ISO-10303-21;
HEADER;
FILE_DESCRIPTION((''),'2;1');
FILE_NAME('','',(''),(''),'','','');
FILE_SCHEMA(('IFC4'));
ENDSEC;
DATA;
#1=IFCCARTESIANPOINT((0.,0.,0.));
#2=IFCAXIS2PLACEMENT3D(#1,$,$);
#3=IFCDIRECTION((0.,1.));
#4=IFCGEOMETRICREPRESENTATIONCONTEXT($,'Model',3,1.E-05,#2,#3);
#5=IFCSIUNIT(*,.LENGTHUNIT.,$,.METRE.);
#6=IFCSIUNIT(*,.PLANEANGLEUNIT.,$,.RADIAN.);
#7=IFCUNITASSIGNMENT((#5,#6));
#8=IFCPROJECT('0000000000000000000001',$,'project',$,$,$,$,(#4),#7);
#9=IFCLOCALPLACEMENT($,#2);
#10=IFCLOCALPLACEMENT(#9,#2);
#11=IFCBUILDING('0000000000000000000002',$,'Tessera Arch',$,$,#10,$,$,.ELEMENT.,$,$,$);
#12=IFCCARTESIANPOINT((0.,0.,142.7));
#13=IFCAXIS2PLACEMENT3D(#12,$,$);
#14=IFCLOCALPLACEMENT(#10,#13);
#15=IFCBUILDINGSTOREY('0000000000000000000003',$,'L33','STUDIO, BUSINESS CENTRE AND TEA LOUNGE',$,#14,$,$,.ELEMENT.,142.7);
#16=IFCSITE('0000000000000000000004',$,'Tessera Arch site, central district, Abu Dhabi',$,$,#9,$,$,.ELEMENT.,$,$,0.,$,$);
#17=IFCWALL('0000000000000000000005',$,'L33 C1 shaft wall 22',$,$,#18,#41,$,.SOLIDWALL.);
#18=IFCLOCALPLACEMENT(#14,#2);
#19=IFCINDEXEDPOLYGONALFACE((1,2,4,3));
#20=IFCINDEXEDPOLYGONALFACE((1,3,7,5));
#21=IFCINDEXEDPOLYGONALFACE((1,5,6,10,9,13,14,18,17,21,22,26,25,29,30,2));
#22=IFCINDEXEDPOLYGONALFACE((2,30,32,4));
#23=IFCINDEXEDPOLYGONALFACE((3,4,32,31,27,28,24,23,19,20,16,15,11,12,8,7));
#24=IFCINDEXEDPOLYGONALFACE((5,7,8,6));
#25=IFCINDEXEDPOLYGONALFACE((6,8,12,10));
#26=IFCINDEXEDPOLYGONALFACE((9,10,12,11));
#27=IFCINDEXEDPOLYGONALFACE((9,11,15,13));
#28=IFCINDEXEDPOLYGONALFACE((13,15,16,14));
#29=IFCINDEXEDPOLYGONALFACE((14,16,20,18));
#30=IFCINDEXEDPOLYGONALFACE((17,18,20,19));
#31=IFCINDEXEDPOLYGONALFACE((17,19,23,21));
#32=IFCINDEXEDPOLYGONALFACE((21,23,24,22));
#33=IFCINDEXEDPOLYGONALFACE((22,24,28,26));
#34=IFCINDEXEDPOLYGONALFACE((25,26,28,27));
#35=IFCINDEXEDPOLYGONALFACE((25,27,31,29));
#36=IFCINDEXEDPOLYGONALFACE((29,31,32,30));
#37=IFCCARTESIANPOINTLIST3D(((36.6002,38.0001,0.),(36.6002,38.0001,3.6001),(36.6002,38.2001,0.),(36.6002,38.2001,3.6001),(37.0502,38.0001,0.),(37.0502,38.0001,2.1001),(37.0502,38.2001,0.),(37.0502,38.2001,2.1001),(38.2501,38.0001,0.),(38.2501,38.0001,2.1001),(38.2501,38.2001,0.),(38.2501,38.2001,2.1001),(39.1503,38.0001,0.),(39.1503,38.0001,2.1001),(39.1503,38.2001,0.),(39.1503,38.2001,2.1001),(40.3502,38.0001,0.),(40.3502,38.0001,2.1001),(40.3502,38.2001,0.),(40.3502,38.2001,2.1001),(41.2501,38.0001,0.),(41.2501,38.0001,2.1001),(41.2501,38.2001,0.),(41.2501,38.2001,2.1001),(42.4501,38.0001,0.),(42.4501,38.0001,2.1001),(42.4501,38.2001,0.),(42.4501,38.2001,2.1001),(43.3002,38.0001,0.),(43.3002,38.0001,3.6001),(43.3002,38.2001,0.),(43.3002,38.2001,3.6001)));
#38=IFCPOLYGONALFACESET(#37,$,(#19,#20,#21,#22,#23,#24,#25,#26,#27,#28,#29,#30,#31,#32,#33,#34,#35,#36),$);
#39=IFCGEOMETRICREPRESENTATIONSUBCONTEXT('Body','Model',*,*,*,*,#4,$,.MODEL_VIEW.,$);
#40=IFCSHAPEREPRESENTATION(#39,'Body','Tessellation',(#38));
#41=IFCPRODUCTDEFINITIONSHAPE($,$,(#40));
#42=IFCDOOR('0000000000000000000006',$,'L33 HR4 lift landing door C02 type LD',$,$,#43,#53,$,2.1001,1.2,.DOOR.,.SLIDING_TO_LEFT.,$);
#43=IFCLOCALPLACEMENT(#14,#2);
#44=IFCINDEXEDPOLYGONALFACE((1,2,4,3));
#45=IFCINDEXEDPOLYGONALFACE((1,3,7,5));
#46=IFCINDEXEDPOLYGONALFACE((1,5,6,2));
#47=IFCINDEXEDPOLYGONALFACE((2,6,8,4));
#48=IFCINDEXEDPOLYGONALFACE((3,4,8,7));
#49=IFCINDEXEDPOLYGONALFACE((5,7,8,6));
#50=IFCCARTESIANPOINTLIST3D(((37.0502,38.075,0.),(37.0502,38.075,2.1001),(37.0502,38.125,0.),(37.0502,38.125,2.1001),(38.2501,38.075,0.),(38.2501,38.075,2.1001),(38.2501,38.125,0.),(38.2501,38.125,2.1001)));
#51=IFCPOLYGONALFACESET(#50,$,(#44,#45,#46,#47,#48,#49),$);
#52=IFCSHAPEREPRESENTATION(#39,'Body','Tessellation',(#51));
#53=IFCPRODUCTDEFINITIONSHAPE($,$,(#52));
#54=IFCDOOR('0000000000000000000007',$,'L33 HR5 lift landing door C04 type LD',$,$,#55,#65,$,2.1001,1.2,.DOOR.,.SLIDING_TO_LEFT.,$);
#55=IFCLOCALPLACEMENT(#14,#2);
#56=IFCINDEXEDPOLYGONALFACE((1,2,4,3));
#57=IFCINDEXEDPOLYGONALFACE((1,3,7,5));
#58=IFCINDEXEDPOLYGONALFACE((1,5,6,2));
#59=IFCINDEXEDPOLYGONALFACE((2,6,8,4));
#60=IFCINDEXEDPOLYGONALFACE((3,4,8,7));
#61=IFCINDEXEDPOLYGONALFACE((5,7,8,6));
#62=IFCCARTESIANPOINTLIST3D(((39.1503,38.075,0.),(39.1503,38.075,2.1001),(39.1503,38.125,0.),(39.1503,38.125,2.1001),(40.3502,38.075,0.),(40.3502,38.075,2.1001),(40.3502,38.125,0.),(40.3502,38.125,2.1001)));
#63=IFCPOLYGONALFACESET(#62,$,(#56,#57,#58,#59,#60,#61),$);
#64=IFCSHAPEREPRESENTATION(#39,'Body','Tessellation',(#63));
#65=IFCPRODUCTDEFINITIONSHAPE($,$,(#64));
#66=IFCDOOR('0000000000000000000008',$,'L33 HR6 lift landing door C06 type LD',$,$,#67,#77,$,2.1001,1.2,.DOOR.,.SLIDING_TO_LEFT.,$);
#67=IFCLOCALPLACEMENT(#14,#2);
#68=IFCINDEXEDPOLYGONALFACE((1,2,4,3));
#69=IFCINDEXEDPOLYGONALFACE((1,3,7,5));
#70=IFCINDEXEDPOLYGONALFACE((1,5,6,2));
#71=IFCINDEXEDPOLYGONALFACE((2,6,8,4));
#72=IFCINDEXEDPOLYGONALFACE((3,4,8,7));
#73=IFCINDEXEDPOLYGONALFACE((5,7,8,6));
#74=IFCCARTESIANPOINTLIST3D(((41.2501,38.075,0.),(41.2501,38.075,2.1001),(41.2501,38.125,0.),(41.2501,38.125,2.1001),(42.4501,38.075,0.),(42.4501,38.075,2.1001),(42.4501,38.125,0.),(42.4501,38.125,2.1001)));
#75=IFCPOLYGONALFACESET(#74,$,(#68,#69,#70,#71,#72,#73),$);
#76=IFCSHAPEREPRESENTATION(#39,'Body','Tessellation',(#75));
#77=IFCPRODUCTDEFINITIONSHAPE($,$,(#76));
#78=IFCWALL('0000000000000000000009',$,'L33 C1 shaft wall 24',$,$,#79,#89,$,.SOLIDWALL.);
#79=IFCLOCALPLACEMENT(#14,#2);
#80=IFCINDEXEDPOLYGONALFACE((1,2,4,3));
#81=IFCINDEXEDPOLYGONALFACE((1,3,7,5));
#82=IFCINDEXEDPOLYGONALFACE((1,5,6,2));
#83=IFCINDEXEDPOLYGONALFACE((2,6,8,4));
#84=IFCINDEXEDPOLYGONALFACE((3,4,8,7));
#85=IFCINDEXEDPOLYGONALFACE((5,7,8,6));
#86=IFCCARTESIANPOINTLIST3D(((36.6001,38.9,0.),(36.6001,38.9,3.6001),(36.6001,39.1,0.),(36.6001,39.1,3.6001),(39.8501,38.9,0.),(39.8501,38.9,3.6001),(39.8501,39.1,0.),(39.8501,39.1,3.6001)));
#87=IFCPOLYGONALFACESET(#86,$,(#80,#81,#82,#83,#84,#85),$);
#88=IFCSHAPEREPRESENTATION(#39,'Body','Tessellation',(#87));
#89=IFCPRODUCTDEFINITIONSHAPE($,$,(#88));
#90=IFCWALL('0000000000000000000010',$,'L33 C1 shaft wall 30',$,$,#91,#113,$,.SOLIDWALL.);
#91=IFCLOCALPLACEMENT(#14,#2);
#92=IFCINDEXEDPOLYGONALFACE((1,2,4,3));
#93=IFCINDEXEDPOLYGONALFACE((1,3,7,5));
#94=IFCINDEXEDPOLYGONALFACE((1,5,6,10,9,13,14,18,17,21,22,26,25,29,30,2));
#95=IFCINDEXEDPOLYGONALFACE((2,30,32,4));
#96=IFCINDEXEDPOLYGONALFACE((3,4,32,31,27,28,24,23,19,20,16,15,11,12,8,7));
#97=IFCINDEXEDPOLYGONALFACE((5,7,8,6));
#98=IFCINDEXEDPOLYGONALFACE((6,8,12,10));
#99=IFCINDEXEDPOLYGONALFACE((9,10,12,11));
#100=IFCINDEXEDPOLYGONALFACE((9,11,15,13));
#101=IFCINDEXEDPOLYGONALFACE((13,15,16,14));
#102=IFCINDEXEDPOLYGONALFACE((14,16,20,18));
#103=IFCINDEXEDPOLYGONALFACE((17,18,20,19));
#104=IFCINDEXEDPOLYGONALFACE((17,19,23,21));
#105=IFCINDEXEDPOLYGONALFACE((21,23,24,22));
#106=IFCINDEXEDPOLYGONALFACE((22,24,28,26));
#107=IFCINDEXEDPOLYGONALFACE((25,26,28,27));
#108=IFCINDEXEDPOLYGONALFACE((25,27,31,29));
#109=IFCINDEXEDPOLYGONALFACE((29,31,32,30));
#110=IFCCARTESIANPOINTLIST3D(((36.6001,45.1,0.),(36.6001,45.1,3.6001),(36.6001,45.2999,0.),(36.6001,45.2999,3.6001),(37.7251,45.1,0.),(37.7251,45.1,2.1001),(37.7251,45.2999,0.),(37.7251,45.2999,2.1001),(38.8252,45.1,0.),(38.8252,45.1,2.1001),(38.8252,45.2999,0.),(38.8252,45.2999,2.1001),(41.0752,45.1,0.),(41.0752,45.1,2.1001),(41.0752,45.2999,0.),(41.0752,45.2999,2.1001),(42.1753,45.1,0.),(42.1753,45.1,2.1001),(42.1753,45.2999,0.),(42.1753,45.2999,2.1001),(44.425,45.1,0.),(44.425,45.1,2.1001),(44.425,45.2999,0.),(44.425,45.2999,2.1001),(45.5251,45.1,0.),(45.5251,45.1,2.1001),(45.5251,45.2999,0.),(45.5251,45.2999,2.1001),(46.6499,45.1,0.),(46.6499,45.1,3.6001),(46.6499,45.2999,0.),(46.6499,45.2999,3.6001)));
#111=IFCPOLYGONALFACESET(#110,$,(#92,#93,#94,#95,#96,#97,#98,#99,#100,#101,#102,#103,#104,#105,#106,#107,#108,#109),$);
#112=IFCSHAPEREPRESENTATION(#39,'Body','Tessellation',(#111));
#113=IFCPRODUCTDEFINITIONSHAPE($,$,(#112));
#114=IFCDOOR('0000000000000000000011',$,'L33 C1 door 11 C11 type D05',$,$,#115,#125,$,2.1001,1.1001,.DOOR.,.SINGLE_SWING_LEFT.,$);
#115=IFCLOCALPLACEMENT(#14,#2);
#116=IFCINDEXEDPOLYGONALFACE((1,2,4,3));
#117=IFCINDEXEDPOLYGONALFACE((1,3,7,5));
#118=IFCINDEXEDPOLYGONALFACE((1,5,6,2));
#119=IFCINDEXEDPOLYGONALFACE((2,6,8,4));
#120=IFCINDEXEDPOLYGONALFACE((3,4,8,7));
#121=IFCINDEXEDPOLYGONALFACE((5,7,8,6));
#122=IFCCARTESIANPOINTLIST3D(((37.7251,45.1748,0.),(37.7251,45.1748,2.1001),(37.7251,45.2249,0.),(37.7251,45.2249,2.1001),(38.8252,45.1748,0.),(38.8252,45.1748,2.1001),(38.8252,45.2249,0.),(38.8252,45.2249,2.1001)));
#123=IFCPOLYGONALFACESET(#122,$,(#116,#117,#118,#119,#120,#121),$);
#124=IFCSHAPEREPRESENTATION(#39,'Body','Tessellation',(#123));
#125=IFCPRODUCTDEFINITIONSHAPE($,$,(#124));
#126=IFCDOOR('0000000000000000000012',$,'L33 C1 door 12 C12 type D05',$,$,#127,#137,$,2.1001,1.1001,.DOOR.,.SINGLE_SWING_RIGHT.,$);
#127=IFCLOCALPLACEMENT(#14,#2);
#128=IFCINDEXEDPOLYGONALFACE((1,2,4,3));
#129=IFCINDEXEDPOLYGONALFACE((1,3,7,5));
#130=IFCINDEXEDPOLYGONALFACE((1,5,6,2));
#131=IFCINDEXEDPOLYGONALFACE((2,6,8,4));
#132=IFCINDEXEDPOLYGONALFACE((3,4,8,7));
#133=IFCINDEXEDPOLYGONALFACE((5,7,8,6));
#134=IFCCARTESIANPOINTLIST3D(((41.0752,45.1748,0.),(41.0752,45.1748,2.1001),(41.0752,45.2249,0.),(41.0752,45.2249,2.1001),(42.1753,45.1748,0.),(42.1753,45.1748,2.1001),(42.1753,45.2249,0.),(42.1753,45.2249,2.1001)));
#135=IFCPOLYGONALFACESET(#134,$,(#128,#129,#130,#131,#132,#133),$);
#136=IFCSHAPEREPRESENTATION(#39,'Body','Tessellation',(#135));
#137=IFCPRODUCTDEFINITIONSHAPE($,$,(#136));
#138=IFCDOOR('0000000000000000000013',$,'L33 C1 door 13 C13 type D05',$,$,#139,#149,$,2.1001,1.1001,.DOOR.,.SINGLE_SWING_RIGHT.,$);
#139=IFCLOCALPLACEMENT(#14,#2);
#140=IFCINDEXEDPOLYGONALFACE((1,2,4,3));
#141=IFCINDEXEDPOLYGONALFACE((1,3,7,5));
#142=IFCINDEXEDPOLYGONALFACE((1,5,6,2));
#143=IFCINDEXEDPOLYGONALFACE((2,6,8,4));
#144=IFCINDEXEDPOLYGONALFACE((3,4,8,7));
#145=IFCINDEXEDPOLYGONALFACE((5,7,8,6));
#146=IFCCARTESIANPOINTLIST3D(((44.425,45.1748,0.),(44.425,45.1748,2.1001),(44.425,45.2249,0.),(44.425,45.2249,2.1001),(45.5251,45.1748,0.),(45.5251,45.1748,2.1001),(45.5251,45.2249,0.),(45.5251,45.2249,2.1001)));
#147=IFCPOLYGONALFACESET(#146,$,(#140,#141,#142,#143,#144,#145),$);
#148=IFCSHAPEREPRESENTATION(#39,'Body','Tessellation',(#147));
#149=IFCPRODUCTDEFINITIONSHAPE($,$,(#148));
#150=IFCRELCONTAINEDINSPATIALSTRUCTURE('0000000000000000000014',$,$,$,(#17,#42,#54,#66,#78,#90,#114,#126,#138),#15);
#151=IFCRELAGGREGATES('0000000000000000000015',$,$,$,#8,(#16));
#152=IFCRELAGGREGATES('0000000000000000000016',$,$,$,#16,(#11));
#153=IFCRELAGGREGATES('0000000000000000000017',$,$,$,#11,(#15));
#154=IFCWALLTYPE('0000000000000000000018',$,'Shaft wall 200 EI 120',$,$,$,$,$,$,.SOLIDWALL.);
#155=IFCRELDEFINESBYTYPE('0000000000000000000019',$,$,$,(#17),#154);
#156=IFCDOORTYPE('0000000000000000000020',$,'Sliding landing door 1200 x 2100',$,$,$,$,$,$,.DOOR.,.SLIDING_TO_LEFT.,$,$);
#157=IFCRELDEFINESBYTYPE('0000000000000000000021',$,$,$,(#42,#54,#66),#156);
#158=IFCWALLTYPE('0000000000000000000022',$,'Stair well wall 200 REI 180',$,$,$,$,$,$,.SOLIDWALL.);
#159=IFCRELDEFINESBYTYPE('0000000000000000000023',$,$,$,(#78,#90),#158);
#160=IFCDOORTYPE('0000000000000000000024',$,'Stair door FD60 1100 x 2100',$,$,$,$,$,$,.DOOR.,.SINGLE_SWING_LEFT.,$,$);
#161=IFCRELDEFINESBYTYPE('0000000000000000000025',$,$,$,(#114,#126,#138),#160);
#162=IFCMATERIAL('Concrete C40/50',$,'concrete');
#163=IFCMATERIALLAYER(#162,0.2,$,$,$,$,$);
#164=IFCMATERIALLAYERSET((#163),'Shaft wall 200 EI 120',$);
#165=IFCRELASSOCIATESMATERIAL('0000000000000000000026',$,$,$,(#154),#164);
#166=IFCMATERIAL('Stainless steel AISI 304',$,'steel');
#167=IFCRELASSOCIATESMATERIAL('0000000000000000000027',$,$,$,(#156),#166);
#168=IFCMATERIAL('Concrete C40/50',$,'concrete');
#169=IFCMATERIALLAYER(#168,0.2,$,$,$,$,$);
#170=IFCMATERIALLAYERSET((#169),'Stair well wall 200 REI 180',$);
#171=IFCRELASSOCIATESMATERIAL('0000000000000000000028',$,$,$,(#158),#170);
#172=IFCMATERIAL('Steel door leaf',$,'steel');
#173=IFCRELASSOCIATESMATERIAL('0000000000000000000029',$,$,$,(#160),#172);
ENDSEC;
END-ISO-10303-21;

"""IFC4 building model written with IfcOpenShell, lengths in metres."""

from ifc_helpers import new_model, si_unit, direction, frame, frame_2d, origin, place, context, subcontext, project, spatial, rectangle, extrude, material, layer, layer_set, type_object, element, fill, save


model = new_model("IFC4")

# Units and contexts
model_context = context("Model", 3, precision=1e-05, world=origin(), true_north=direction((0.0, 1.0)))
body_context = subcontext(model_context, "Body", "Model", "MODEL_VIEW")
ifc_project = project(units=[si_unit("LENGTHUNIT", "METRE"), si_unit("PLANEANGLEUNIT", "RADIAN")], contexts=[model_context])

# Site, building, storey
site_placement = place(None, origin())
site = spatial("IfcSite", under=ifc_project, at=site_placement, Name="Tessera Arch site, central district, Abu Dhabi", CompositionType="ELEMENT", RefElevation=0.0)
building_placement = place(site_placement, origin())
building = spatial("IfcBuilding", under=site, at=building_placement, Name="Tessera Arch", CompositionType="ELEMENT")
storey_placement = place(building_placement, frame((0.0, 0.0, 142.7)))
storey = spatial("IfcBuildingStorey", under=building, at=storey_placement, Name="L33", Description="STUDIO, BUSINESS CENTRE AND TEA LOUNGE", CompositionType="ELEMENT", Elevation=142.7)

# Wall, openings, doors
ifc_material_1 = material(Name="Concrete C40/50", Category="concrete")
ifc_layer_1 = layer(ifc_material_1, 0.2)
ifc_layer_set_1 = layer_set([ifc_layer_1], Name="Shaft wall 200 EI 120")
wall_type_1 = type_object("IfcWallType", Name="Shaft wall 200 EI 120", PredefinedType="SOLIDWALL", material=ifc_layer_set_1)
wall_1_placement = place(storey_placement, frame((36.6001, 38.1001, 0.0), z_axis=(0.0, 0.0, 1.0), x_axis=(1.0, 0.0, 0.0)))
wall_1 = element("IfcWall", 1, at=wall_1_placement, inside=storey, type_object=wall_type_1, Name="L33 C1 shaft wall 22", PredefinedType="SOLIDWALL", context=body_context, shape_type="SweptSolid", body=[
    extrude(rectangle(XDim=6.7, YDim=0.2, at=frame_2d((3.3501, 0.0))), origin(), (0.0, 0.0, 1.0), 3.6001),
])
opening_1_placement = place(wall_1_placement, frame((0.45, 0.0, 0.0)))
opening_1 = element("IfcOpeningElement", 2, at=opening_1_placement, cuts=wall_1, PredefinedType="OPENING", context=body_context, shape_type="SweptSolid", body=[
    extrude(rectangle(XDim=1.2, YDim=2.1001, at=frame_2d((0.6001, 1.05))), frame((0.0, 0.1099, 0.0), z_axis=(0.0, -1.0, 0.0), x_axis=(1.0, 0.0, 0.0)), (0.0, 0.0, 1.0), 0.22),
])
opening_2_placement = place(wall_1_placement, frame((2.55, 0.0, 0.0)))
opening_2 = element("IfcOpeningElement", 3, at=opening_2_placement, cuts=wall_1, PredefinedType="OPENING", context=body_context, shape_type="SweptSolid", body=[
    extrude(rectangle(XDim=1.2, YDim=2.1001, at=frame_2d((0.6001, 1.05))), frame((0.0, 0.1099, 0.0), z_axis=(0.0, -1.0, 0.0), x_axis=(1.0, 0.0, 0.0)), (0.0, 0.0, 1.0), 0.22),
])
opening_3_placement = place(wall_1_placement, frame((4.6499, 0.0, 0.0)))
opening_3 = element("IfcOpeningElement", 4, at=opening_3_placement, cuts=wall_1, PredefinedType="OPENING", context=body_context, shape_type="SweptSolid", body=[
    extrude(rectangle(XDim=1.2, YDim=2.1001, at=frame_2d((0.6001, 1.05))), frame((0.0, 0.1099, 0.0), z_axis=(0.0, -1.0, 0.0), x_axis=(1.0, 0.0, 0.0)), (0.0, 0.0, 1.0), 0.22),
])
ifc_material_2 = material(Name="Stainless steel AISI 304", Category="steel")
door_type_1 = type_object("IfcDoorType", Name="Sliding landing door 1200 x 2100", OperationType="SLIDING_TO_LEFT", PredefinedType="DOOR", material=ifc_material_2)
door_1_placement = place(opening_1_placement, origin())
door_1 = element("IfcDoor", 5, at=door_1_placement, inside=storey, type_object=door_type_1, Name="L33 HR4 lift landing door C02 type LD", OperationType="SLIDING_TO_LEFT", OverallHeight=2.1001, OverallWidth=1.2, PredefinedType="DOOR", context=body_context, shape_type="SweptSolid", body=[
    extrude(rectangle(XDim=1.2, YDim=2.1001, at=frame_2d((0.6001, 1.05))), frame((0.0, 0.0249, 0.0), z_axis=(0.0, -1.0, 0.0), x_axis=(1.0, 0.0, 0.0)), (0.0, 0.0, 1.0), 0.05),
])
fill(opening_1, door_1)
door_2_placement = place(opening_2_placement, origin())
door_2 = element("IfcDoor", 6, at=door_2_placement, inside=storey, type_object=door_type_1, Name="L33 HR5 lift landing door C04 type LD", OperationType="SLIDING_TO_LEFT", OverallHeight=2.1001, OverallWidth=1.2, PredefinedType="DOOR", context=body_context, shape_type="SweptSolid", body=[
    extrude(rectangle(XDim=1.2, YDim=2.1001, at=frame_2d((0.6001, 1.05))), frame((0.0, 0.0249, 0.0), z_axis=(0.0, -1.0, 0.0), x_axis=(1.0, 0.0, 0.0)), (0.0, 0.0, 1.0), 0.05),
])
fill(opening_2, door_2)
door_3_placement = place(opening_3_placement, origin())
door_3 = element("IfcDoor", 7, at=door_3_placement, inside=storey, type_object=door_type_1, Name="L33 HR6 lift landing door C06 type LD", OperationType="SLIDING_TO_LEFT", OverallHeight=2.1001, OverallWidth=1.2, PredefinedType="DOOR", context=body_context, shape_type="SweptSolid", body=[
    extrude(rectangle(XDim=1.2, YDim=2.1001, at=frame_2d((0.6001, 1.05))), frame((0.0, 0.0249, 0.0), z_axis=(0.0, -1.0, 0.0), x_axis=(1.0, 0.0, 0.0)), (0.0, 0.0, 1.0), 0.05),
])
fill(opening_3, door_3)

# Wall
ifc_material_3 = material(Name="Concrete C40/50", Category="concrete")
ifc_layer_2 = layer(ifc_material_3, 0.2)
ifc_layer_set_2 = layer_set([ifc_layer_2], Name="Stair well wall 200 REI 180")
wall_type_2 = type_object("IfcWallType", Name="Stair well wall 200 REI 180", PredefinedType="SOLIDWALL", material=ifc_layer_set_2)
wall_2_placement = place(storey_placement, frame((36.6001, 39.0, 0.0), z_axis=(0.0, 0.0, 1.0), x_axis=(1.0, 0.0, 0.0)))
element("IfcWall", 8, at=wall_2_placement, inside=storey, type_object=wall_type_2, Name="L33 C1 shaft wall 24", PredefinedType="SOLIDWALL", context=body_context, shape_type="SweptSolid", body=[
    extrude(rectangle(XDim=3.25, YDim=0.2, at=frame_2d((1.625, 0.0))), origin(), (0.0, 0.0, 1.0), 3.6001),
])

# Wall, openings, doors
wall_3_placement = place(storey_placement, frame((36.6001, 45.2, 0.0), z_axis=(0.0, 0.0, 1.0), x_axis=(1.0, 0.0, 0.0)))
wall_3 = element("IfcWall", 9, at=wall_3_placement, inside=storey, type_object=wall_type_2, Name="L33 C1 shaft wall 30", PredefinedType="SOLIDWALL", context=body_context, shape_type="SweptSolid", body=[
    extrude(rectangle(XDim=10.0498, YDim=0.2, at=frame_2d((5.0249, 0.0))), origin(), (0.0, 0.0, 1.0), 3.6001),
])
opening_4_placement = place(wall_3_placement, frame((1.125, 0.0, 0.0)))
opening_4 = element("IfcOpeningElement", 10, at=opening_4_placement, cuts=wall_3, PredefinedType="OPENING", context=body_context, shape_type="SweptSolid", body=[
    extrude(rectangle(XDim=1.1001, YDim=2.1001, at=frame_2d((0.55, 1.05))), frame((0.0, 0.1099, 0.0), z_axis=(0.0, -1.0, 0.0), x_axis=(1.0, 0.0, 0.0)), (0.0, 0.0, 1.0), 0.22),
])
opening_5_placement = place(wall_3_placement, frame((4.4751, 0.0, 0.0)))
opening_5 = element("IfcOpeningElement", 11, at=opening_5_placement, cuts=wall_3, PredefinedType="OPENING", context=body_context, shape_type="SweptSolid", body=[
    extrude(rectangle(XDim=1.1001, YDim=2.1001, at=frame_2d((0.55, 1.05))), frame((0.0, 0.1099, 0.0), z_axis=(0.0, -1.0, 0.0), x_axis=(1.0, 0.0, 0.0)), (0.0, 0.0, 1.0), 0.22),
])
opening_6_placement = place(wall_3_placement, frame((7.825, 0.0, 0.0)))
opening_6 = element("IfcOpeningElement", 12, at=opening_6_placement, cuts=wall_3, PredefinedType="OPENING", context=body_context, shape_type="SweptSolid", body=[
    extrude(rectangle(XDim=1.1001, YDim=2.1001, at=frame_2d((0.55, 1.05))), frame((0.0, 0.1099, 0.0), z_axis=(0.0, -1.0, 0.0), x_axis=(1.0, 0.0, 0.0)), (0.0, 0.0, 1.0), 0.22),
])
ifc_material_4 = material(Name="Steel door leaf", Category="steel")
door_type_2 = type_object("IfcDoorType", Name="Stair door FD60 1100 x 2100", OperationType="SINGLE_SWING_LEFT", PredefinedType="DOOR", material=ifc_material_4)
door_4_placement = place(opening_4_placement, origin())
door_4 = element("IfcDoor", 13, at=door_4_placement, inside=storey, type_object=door_type_2, Name="L33 C1 door 11 C11 type D05", OperationType="SINGLE_SWING_LEFT", OverallHeight=2.1001, OverallWidth=1.1001, PredefinedType="DOOR", context=body_context, shape_type="SweptSolid", body=[
    extrude(rectangle(XDim=1.1001, YDim=2.1001, at=frame_2d((0.55, 1.05))), frame((0.0, 0.0249, 0.0), z_axis=(0.0, -1.0, 0.0), x_axis=(1.0, 0.0, 0.0)), (0.0, 0.0, 1.0), 0.05),
])
fill(opening_4, door_4)
door_5_placement = place(opening_5_placement, origin())
door_5 = element("IfcDoor", 14, at=door_5_placement, inside=storey, type_object=door_type_2, Name="L33 C1 door 12 C12 type D05", OperationType="SINGLE_SWING_RIGHT", OverallHeight=2.1001, OverallWidth=1.1001, PredefinedType="DOOR", context=body_context, shape_type="SweptSolid", body=[
    extrude(rectangle(XDim=1.1001, YDim=2.1001, at=frame_2d((0.55, 1.05))), frame((0.0, 0.0249, 0.0), z_axis=(0.0, -1.0, 0.0), x_axis=(1.0, 0.0, 0.0)), (0.0, 0.0, 1.0), 0.05),
])
fill(opening_5, door_5)
door_6_placement = place(opening_6_placement, origin())
door_6 = element("IfcDoor", 15, at=door_6_placement, inside=storey, type_object=door_type_2, Name="L33 C1 door 13 C13 type D05", OperationType="SINGLE_SWING_RIGHT", OverallHeight=2.1001, OverallWidth=1.1001, PredefinedType="DOOR", context=body_context, shape_type="SweptSolid", body=[
    extrude(rectangle(XDim=1.1001, YDim=2.1001, at=frame_2d((0.55, 1.05))), frame((0.0, 0.0249, 0.0), z_axis=(0.0, -1.0, 0.0), x_axis=(1.0, 0.0, 0.0)), (0.0, 0.0, 1.0), 0.05),
])
fill(opening_6, door_6)

save(model, "model.ifc")
